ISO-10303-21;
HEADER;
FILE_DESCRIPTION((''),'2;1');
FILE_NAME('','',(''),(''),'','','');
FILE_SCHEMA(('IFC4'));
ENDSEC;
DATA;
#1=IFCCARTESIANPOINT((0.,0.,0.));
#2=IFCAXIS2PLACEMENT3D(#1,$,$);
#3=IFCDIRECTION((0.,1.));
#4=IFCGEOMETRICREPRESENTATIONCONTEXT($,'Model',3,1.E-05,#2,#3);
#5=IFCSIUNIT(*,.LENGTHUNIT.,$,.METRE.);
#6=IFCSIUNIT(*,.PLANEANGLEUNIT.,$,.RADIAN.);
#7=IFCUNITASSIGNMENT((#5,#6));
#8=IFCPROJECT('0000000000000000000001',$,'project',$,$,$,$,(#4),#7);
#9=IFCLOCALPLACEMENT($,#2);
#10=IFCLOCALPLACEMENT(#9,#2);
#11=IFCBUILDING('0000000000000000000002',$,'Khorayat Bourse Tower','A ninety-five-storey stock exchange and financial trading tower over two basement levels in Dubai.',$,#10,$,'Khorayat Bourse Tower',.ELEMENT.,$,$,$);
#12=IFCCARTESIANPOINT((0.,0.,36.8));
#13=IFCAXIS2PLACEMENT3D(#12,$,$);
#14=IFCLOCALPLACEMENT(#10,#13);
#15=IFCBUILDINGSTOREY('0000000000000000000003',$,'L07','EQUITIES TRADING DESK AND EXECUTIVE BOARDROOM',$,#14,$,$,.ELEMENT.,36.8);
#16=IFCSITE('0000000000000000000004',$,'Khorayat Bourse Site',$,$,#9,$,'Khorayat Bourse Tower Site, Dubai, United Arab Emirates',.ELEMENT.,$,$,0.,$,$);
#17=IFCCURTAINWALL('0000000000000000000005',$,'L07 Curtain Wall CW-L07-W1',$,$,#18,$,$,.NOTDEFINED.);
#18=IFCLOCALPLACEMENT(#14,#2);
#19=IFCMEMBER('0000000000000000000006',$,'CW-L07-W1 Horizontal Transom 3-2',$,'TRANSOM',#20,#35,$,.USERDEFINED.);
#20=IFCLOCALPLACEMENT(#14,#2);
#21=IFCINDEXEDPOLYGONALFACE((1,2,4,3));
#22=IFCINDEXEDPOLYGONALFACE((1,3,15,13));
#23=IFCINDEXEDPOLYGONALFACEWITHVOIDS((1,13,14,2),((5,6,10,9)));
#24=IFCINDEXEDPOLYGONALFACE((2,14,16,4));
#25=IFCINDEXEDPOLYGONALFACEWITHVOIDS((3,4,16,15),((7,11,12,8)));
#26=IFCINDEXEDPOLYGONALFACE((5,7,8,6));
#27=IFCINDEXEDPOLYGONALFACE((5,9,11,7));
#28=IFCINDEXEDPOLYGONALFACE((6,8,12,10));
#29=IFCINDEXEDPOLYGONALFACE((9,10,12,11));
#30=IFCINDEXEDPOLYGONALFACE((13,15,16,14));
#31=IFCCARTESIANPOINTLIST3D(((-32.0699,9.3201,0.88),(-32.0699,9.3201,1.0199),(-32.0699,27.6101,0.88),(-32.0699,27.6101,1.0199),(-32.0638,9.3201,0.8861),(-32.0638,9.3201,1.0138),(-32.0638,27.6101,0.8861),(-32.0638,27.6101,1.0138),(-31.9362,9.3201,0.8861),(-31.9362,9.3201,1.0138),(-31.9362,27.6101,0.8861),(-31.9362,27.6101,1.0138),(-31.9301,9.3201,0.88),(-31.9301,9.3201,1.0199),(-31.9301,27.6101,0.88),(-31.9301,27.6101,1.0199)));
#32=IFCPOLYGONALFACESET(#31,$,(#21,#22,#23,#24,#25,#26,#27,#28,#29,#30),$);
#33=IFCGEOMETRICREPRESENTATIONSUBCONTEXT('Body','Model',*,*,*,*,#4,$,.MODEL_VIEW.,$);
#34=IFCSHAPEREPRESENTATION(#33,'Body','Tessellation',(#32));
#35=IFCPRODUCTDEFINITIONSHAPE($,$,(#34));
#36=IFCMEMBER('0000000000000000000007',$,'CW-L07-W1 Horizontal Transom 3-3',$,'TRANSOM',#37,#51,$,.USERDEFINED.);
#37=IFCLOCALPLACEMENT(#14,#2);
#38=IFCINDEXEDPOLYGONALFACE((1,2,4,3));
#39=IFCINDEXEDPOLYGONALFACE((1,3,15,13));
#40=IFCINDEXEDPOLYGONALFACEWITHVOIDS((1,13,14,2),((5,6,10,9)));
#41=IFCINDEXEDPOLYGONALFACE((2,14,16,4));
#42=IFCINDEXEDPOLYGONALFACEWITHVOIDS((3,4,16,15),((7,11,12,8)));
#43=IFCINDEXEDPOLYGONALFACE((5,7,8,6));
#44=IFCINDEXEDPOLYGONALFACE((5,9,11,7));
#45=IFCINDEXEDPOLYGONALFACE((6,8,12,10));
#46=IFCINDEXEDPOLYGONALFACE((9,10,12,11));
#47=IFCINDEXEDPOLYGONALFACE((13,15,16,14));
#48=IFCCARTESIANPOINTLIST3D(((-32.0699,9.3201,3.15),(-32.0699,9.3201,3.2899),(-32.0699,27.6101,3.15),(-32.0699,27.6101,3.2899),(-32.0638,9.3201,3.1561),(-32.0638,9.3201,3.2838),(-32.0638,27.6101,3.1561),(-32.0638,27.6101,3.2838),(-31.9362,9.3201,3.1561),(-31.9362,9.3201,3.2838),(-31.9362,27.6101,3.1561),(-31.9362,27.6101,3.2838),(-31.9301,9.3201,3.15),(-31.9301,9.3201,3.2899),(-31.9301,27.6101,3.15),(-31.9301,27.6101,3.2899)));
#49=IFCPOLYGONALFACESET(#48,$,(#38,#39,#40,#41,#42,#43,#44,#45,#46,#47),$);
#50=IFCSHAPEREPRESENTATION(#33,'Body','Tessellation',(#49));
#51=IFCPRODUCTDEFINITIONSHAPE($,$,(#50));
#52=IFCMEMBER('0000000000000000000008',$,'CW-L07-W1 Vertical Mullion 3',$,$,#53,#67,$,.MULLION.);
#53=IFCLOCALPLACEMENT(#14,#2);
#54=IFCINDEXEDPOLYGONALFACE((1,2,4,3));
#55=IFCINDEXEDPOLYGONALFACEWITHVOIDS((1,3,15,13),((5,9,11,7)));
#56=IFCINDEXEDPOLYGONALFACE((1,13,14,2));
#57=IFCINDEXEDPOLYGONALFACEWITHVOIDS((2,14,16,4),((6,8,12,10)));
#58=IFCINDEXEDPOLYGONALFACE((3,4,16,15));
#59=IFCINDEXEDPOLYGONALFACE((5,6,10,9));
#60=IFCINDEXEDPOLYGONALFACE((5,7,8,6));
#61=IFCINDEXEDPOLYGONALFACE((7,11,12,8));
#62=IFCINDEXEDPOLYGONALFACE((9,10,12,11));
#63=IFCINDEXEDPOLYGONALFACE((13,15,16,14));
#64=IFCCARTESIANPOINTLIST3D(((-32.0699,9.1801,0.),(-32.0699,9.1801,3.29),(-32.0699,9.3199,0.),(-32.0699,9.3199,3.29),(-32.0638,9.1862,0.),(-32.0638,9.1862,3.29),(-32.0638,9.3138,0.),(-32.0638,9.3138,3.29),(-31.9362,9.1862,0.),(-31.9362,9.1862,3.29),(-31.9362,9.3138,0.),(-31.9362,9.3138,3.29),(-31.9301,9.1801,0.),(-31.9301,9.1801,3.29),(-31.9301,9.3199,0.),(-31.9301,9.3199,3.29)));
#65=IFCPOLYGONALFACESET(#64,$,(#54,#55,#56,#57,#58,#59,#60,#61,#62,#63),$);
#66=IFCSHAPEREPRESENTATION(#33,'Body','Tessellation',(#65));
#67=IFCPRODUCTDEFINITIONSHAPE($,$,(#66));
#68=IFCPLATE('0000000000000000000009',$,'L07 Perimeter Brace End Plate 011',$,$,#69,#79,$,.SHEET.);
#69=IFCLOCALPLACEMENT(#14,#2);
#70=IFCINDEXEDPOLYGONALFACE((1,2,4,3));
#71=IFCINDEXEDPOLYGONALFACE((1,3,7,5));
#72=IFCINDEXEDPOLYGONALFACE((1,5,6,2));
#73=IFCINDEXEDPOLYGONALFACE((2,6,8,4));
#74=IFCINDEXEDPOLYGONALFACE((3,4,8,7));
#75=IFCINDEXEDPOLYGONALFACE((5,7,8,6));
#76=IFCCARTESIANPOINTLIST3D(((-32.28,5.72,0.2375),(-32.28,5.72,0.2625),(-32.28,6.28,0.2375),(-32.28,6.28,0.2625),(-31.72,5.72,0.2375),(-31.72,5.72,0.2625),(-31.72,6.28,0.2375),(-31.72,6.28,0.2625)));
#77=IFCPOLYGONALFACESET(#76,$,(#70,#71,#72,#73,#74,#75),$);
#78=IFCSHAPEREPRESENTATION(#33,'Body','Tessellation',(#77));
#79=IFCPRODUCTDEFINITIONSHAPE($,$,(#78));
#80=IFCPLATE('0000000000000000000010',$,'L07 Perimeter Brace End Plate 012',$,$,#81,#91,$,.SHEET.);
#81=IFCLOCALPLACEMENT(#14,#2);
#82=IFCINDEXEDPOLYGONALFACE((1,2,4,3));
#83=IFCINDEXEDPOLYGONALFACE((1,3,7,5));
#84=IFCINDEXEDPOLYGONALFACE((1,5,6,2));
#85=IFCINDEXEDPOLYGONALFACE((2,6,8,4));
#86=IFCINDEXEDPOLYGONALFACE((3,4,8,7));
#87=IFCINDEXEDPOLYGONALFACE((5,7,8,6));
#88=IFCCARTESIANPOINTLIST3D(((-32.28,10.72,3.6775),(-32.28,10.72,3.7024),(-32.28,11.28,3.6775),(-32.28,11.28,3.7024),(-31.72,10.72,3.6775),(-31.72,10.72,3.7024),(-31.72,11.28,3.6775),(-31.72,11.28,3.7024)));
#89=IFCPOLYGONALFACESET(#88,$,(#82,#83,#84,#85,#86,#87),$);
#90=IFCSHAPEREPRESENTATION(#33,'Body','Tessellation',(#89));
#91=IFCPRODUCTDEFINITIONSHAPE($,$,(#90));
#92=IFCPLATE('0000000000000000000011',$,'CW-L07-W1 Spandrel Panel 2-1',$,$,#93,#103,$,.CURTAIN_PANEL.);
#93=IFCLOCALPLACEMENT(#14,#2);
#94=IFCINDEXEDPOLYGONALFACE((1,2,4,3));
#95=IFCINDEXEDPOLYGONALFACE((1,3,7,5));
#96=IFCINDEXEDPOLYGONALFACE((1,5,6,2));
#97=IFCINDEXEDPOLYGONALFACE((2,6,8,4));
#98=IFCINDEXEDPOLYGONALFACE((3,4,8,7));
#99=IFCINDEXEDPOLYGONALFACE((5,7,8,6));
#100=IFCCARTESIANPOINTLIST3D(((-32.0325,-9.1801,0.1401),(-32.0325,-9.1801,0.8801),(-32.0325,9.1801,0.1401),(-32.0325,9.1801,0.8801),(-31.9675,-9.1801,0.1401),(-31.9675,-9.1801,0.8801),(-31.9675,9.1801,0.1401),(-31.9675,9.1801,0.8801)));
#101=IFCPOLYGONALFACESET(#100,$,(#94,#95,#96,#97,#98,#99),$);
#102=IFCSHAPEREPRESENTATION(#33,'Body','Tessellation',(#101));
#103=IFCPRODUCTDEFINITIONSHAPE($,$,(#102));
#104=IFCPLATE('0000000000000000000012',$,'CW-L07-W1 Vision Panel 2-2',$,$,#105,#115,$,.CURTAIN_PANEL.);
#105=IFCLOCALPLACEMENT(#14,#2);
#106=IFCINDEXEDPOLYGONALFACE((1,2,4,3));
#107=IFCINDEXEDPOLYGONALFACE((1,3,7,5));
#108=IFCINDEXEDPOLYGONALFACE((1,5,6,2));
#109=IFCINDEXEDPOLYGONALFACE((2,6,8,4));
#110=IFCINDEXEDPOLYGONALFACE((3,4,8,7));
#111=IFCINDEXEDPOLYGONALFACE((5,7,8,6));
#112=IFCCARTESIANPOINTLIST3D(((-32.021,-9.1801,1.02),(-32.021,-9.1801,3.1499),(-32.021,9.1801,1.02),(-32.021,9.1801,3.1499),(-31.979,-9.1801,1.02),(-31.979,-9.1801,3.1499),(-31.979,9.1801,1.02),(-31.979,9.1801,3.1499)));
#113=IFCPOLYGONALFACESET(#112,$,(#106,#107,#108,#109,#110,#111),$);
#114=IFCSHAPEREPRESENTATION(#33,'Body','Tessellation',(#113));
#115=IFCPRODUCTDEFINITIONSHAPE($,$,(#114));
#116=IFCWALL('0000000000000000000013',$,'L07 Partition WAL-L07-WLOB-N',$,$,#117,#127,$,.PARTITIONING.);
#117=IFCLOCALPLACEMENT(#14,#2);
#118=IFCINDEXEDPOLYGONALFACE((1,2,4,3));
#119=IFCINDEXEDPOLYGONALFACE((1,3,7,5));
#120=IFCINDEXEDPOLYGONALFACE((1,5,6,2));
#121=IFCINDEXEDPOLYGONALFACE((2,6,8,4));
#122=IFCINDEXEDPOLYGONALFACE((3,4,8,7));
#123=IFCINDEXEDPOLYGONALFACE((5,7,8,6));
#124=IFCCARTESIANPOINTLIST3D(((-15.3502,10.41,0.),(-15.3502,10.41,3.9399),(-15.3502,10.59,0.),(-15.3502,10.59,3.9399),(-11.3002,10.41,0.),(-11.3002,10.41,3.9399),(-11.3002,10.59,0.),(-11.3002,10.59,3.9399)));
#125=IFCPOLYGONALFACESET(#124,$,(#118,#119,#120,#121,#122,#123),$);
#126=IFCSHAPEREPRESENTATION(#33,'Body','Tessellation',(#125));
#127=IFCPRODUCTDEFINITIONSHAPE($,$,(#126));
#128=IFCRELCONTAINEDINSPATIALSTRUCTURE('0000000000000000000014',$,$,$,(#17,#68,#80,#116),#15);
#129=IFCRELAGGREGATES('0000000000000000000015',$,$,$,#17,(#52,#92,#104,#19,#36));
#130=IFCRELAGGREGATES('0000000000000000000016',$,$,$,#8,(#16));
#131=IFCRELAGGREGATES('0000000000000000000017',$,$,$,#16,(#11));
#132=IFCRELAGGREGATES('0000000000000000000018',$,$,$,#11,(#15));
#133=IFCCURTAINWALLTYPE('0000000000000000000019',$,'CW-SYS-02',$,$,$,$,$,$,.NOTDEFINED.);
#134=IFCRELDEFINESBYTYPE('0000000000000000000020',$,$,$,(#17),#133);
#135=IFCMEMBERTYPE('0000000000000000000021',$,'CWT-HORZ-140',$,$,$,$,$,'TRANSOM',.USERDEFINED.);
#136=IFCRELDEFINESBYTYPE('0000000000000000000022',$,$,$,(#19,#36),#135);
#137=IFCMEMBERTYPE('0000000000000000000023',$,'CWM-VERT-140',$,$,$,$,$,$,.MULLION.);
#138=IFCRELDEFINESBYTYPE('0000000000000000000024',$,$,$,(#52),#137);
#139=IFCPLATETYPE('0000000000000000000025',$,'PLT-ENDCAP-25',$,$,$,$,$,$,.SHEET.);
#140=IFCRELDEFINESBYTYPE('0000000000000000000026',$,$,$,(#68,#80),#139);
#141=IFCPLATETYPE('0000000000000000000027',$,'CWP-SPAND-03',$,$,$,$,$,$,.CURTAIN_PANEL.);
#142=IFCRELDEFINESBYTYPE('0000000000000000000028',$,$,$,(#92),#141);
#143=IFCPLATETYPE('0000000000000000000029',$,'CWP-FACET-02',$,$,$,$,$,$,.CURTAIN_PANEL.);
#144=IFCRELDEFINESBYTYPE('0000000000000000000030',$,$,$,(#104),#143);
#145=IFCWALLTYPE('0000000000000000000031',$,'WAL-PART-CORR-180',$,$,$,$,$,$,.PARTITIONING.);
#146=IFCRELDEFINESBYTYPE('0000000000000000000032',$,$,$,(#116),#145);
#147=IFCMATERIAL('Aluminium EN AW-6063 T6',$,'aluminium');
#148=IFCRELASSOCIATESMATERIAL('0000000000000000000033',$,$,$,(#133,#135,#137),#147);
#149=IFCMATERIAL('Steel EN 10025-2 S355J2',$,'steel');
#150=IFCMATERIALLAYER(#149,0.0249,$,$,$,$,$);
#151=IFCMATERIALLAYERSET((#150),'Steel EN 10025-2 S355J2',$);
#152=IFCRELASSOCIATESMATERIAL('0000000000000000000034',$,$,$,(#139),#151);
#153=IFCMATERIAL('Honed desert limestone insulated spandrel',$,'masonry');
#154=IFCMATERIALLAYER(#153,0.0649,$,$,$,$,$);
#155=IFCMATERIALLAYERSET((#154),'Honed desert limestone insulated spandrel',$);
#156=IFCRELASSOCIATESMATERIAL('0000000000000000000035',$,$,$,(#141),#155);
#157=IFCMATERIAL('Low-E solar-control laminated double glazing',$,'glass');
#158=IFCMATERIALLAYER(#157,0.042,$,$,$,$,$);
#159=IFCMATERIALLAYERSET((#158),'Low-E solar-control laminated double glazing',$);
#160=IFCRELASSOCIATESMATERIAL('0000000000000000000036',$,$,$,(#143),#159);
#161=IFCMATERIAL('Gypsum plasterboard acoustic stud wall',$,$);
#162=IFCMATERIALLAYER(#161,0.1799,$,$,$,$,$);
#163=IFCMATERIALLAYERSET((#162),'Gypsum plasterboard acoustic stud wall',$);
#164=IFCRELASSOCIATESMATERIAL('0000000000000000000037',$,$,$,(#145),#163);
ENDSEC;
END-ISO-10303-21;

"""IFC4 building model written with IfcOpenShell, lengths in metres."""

from ifc_helpers import new_model, si_unit, direction, frame, frame_2d, origin, origin_2d, place, context, subcontext, project, spatial, rectangle, hollow_rectangle, extrude, source, transform, mapped, material, layer, layer_set, material_profile, profile_set, type_object, element, aggregate, save


model = new_model("IFC4")

# Units and contexts
model_context = context("Model", 3, precision=1e-05, world=origin(), true_north=direction((0.0, 1.0)))
body_context = subcontext(model_context, "Body", "Model", "MODEL_VIEW")
ifc_project = project(units=[si_unit("LENGTHUNIT", "METRE"), si_unit("PLANEANGLEUNIT", "RADIAN")], contexts=[model_context])

# Site, building, storey
site_placement = place(None, origin())
site = spatial("IfcSite", under=ifc_project, at=site_placement, Name="Khorayat Bourse Site", LongName="Khorayat Bourse Tower Site, Dubai, United Arab Emirates", CompositionType="ELEMENT", RefElevation=0.0)
building_placement = place(site_placement, origin())
building = spatial("IfcBuilding", under=site, at=building_placement, Name="Khorayat Bourse Tower", Description="A ninety-five-storey stock exchange and financial trading tower over two basement levels in Dubai.", LongName="Khorayat Bourse Tower", CompositionType="ELEMENT")
storey_placement = place(building_placement, frame((0.0, 0.0, 36.8)))
storey = spatial("IfcBuildingStorey", under=building, at=storey_placement, Name="L07", Description="EQUITIES TRADING DESK AND EXECUTIVE BOARDROOM", CompositionType="ELEMENT", Elevation=36.8)

# Curtain wall, members
ifc_material_1 = material(Name="Aluminium EN AW-6063 T6", Category="aluminium")
curtain_wall_type = type_object("IfcCurtainWallType", Name="CW-SYS-02", PredefinedType="NOTDEFINED", material=ifc_material_1)
curtain_wall_placement = place(storey_placement, origin())
curtain_wall = element("IfcCurtainWall", 1, at=curtain_wall_placement, inside=storey, type_object=curtain_wall_type, Name="L07 Curtain Wall CW-L07-W1", PredefinedType="NOTDEFINED")
ifc_material_profile_1 = material_profile(ifc_material_1, hollow_rectangle(XDim=0.1399, YDim=0.1399, WallThickness=0.0061, at=origin_2d()), Name="ALU 140x140x6")
ifc_profile_set_1 = profile_set([ifc_material_profile_1], Name="Aluminium EN AW-6063 T6")
member_type_1 = type_object("IfcMemberType", Name="CWT-HORZ-140", ElementType="TRANSOM", PredefinedType="USERDEFINED", material=ifc_profile_set_1)
shared_shape_1 = source(origin(), body_context, "Body", "SweptSolid", [
    extrude(hollow_rectangle(XDim=0.1399, YDim=0.1399, WallThickness=0.0061, at=origin_2d()), origin(), (0.0, 0.0, 1.0), 18.29),
])
member_1_placement = place(storey_placement, frame((-32.0, 9.3201, 0.95), z_axis=(0.0, 1.0, 0.0), x_axis=(-1.0, 0.0, 0.0)))
member_1 = element("IfcMember", 2, at=member_1_placement, type_object=member_type_1, Name="CW-L07-W1 Horizontal Transom 3-2", ObjectType="TRANSOM", PredefinedType="USERDEFINED", context=body_context, shape_type="MappedRepresentation", body=[
    mapped(shared_shape_1, transform((0.0, 0.0, 0.0), scale=1.0)),
])
member_2_placement = place(storey_placement, frame((-32.0, 9.3201, 3.22), z_axis=(0.0, 1.0, 0.0), x_axis=(-1.0, 0.0, 0.0)))
member_2 = element("IfcMember", 3, at=member_2_placement, type_object=member_type_1, Name="CW-L07-W1 Horizontal Transom 3-3", ObjectType="TRANSOM", PredefinedType="USERDEFINED", context=body_context, shape_type="MappedRepresentation", body=[
    mapped(shared_shape_1, transform((0.0, 0.0, 0.0), scale=1.0)),
])
ifc_material_profile_2 = material_profile(ifc_material_1, hollow_rectangle(XDim=0.1399, YDim=0.1399, WallThickness=0.0061, at=origin_2d()), Name="ALU 140x140x6")
ifc_profile_set_2 = profile_set([ifc_material_profile_2], Name="Aluminium EN AW-6063 T6")
member_type_2 = type_object("IfcMemberType", Name="CWM-VERT-140", PredefinedType="MULLION", material=ifc_profile_set_2)
shared_shape_2 = source(origin(), body_context, "Body", "SweptSolid", [
    extrude(hollow_rectangle(XDim=0.1399, YDim=0.1399, WallThickness=0.0061, at=origin_2d()), origin(), (0.0, 0.0, 1.0), 3.29),
])
member_3_placement = place(storey_placement, frame((-32.0, 9.25, 0.0), z_axis=(0.0, 0.0, 1.0), x_axis=(-1.0, 0.0, 0.0)))
member_3 = element("IfcMember", 4, at=member_3_placement, type_object=member_type_2, Name="CW-L07-W1 Vertical Mullion 3", PredefinedType="MULLION", context=body_context, shape_type="MappedRepresentation", body=[
    mapped(shared_shape_2, transform((0.0, 0.0, 0.0), scale=1.0)),
])

# Plates
ifc_material_2 = material(Name="Steel EN 10025-2 S355J2", Category="steel")
ifc_layer_1 = layer(ifc_material_2, 0.0249)
ifc_layer_set_1 = layer_set([ifc_layer_1], Name="Steel EN 10025-2 S355J2")
plate_type_1 = type_object("IfcPlateType", Name="PLT-ENDCAP-25", PredefinedType="SHEET", material=ifc_layer_set_1)
shared_shape_3 = source(origin(), body_context, "Body", "SweptSolid", [
    extrude(rectangle(XDim=0.5601, YDim=0.5601, at=origin_2d()), origin(), (0.0, 0.0, 1.0), 0.0249),
])
for number, where, z_axis, x_axis, name in (
    (5, (-32.0, 6.0, 0.2375), (0.0, 0.0, 1.0), (1.0, 0.0, 0.0), "L07 Perimeter Brace End Plate 011"),
    (6, (-32.0, 11.0, 3.6775), (0.0, 0.0, 1.0), (1.0, 0.0, 0.0), "L07 Perimeter Brace End Plate 012"),
):
    element("IfcPlate", number, at=place(storey_placement, frame(where, z_axis=z_axis, x_axis=x_axis)), inside=storey, type_object=plate_type_1, Name=name, PredefinedType="SHEET", context=body_context, shape_type="MappedRepresentation", body=[
        mapped(shared_shape_3, transform((0.0, 0.0, 0.0), scale=1.0)),
    ])

# Plates
ifc_material_3 = material(Name="Honed desert limestone insulated spandrel", Category="masonry")
ifc_layer_2 = layer(ifc_material_3, 0.0649)
ifc_layer_set_2 = layer_set([ifc_layer_2], Name="Honed desert limestone insulated spandrel")
plate_type_2 = type_object("IfcPlateType", Name="CWP-SPAND-03", PredefinedType="CURTAIN_PANEL", material=ifc_layer_set_2)
shared_shape_4 = source(origin(), body_context, "Body", "SweptSolid", [
    extrude(rectangle(XDim=18.3601, YDim=0.0649, at=origin_2d()), origin(), (0.0, 0.0, 1.0), 0.74),
])
plate_1_placement = place(storey_placement, frame((-32.0, 0.0, 0.1401), z_axis=(0.0, 0.0, 1.0), x_axis=(0.0, 1.0, 0.0)))
plate_1 = element("IfcPlate", 7, at=plate_1_placement, type_object=plate_type_2, Name="CW-L07-W1 Spandrel Panel 2-1", PredefinedType="CURTAIN_PANEL", context=body_context, shape_type="MappedRepresentation", body=[
    mapped(shared_shape_4, transform((0.0, 0.0, 0.0), scale=1.0)),
])
ifc_material_4 = material(Name="Low-E solar-control laminated double glazing", Category="glass")
ifc_layer_3 = layer(ifc_material_4, 0.042)
ifc_layer_set_3 = layer_set([ifc_layer_3], Name="Low-E solar-control laminated double glazing")
plate_type_3 = type_object("IfcPlateType", Name="CWP-FACET-02", PredefinedType="CURTAIN_PANEL", material=ifc_layer_set_3)
shared_shape_5 = source(origin(), body_context, "Body", "SweptSolid", [
    extrude(rectangle(XDim=18.3601, YDim=0.042, at=origin_2d()), origin(), (0.0, 0.0, 1.0), 2.1299),
])
plate_2_placement = place(storey_placement, frame((-32.0, 0.0, 1.02), z_axis=(0.0, 0.0, 1.0), x_axis=(0.0, 1.0, 0.0)))
plate_2 = element("IfcPlate", 8, at=plate_2_placement, type_object=plate_type_3, Name="CW-L07-W1 Vision Panel 2-2", PredefinedType="CURTAIN_PANEL", context=body_context, shape_type="MappedRepresentation", body=[
    mapped(shared_shape_5, transform((0.0, 0.0, 0.0), scale=1.0)),
])
aggregate(curtain_wall, [member_3, plate_1, plate_2, member_1, member_2])

# Wall
ifc_material_5 = material(Name="Gypsum plasterboard acoustic stud wall")
ifc_layer_4 = layer(ifc_material_5, 0.1799)
ifc_layer_set_4 = layer_set([ifc_layer_4], Name="Gypsum plasterboard acoustic stud wall")
wall_type = type_object("IfcWallType", Name="WAL-PART-CORR-180", PredefinedType="PARTITIONING", material=ifc_layer_set_4)
shared_shape_6 = source(origin(), body_context, "Body", "SweptSolid", [
    extrude(rectangle(XDim=4.05, YDim=0.1799, at=frame_2d((2.0249, 0.0))), origin(), (0.0, 0.0, 1.0), 3.9399),
])
wall_placement = place(storey_placement, frame((-15.3501, 10.5, 0.0), z_axis=(0.0, 0.0, 1.0), x_axis=(1.0, 0.0, 0.0)))
element("IfcWall", 9, at=wall_placement, inside=storey, type_object=wall_type, Name="L07 Partition WAL-L07-WLOB-N", PredefinedType="PARTITIONING", context=body_context, shape_type="MappedRepresentation", body=[
    mapped(shared_shape_6, transform((0.0, 0.0, 0.0), scale=1.0)),
])

save(model, "model.ifc")
